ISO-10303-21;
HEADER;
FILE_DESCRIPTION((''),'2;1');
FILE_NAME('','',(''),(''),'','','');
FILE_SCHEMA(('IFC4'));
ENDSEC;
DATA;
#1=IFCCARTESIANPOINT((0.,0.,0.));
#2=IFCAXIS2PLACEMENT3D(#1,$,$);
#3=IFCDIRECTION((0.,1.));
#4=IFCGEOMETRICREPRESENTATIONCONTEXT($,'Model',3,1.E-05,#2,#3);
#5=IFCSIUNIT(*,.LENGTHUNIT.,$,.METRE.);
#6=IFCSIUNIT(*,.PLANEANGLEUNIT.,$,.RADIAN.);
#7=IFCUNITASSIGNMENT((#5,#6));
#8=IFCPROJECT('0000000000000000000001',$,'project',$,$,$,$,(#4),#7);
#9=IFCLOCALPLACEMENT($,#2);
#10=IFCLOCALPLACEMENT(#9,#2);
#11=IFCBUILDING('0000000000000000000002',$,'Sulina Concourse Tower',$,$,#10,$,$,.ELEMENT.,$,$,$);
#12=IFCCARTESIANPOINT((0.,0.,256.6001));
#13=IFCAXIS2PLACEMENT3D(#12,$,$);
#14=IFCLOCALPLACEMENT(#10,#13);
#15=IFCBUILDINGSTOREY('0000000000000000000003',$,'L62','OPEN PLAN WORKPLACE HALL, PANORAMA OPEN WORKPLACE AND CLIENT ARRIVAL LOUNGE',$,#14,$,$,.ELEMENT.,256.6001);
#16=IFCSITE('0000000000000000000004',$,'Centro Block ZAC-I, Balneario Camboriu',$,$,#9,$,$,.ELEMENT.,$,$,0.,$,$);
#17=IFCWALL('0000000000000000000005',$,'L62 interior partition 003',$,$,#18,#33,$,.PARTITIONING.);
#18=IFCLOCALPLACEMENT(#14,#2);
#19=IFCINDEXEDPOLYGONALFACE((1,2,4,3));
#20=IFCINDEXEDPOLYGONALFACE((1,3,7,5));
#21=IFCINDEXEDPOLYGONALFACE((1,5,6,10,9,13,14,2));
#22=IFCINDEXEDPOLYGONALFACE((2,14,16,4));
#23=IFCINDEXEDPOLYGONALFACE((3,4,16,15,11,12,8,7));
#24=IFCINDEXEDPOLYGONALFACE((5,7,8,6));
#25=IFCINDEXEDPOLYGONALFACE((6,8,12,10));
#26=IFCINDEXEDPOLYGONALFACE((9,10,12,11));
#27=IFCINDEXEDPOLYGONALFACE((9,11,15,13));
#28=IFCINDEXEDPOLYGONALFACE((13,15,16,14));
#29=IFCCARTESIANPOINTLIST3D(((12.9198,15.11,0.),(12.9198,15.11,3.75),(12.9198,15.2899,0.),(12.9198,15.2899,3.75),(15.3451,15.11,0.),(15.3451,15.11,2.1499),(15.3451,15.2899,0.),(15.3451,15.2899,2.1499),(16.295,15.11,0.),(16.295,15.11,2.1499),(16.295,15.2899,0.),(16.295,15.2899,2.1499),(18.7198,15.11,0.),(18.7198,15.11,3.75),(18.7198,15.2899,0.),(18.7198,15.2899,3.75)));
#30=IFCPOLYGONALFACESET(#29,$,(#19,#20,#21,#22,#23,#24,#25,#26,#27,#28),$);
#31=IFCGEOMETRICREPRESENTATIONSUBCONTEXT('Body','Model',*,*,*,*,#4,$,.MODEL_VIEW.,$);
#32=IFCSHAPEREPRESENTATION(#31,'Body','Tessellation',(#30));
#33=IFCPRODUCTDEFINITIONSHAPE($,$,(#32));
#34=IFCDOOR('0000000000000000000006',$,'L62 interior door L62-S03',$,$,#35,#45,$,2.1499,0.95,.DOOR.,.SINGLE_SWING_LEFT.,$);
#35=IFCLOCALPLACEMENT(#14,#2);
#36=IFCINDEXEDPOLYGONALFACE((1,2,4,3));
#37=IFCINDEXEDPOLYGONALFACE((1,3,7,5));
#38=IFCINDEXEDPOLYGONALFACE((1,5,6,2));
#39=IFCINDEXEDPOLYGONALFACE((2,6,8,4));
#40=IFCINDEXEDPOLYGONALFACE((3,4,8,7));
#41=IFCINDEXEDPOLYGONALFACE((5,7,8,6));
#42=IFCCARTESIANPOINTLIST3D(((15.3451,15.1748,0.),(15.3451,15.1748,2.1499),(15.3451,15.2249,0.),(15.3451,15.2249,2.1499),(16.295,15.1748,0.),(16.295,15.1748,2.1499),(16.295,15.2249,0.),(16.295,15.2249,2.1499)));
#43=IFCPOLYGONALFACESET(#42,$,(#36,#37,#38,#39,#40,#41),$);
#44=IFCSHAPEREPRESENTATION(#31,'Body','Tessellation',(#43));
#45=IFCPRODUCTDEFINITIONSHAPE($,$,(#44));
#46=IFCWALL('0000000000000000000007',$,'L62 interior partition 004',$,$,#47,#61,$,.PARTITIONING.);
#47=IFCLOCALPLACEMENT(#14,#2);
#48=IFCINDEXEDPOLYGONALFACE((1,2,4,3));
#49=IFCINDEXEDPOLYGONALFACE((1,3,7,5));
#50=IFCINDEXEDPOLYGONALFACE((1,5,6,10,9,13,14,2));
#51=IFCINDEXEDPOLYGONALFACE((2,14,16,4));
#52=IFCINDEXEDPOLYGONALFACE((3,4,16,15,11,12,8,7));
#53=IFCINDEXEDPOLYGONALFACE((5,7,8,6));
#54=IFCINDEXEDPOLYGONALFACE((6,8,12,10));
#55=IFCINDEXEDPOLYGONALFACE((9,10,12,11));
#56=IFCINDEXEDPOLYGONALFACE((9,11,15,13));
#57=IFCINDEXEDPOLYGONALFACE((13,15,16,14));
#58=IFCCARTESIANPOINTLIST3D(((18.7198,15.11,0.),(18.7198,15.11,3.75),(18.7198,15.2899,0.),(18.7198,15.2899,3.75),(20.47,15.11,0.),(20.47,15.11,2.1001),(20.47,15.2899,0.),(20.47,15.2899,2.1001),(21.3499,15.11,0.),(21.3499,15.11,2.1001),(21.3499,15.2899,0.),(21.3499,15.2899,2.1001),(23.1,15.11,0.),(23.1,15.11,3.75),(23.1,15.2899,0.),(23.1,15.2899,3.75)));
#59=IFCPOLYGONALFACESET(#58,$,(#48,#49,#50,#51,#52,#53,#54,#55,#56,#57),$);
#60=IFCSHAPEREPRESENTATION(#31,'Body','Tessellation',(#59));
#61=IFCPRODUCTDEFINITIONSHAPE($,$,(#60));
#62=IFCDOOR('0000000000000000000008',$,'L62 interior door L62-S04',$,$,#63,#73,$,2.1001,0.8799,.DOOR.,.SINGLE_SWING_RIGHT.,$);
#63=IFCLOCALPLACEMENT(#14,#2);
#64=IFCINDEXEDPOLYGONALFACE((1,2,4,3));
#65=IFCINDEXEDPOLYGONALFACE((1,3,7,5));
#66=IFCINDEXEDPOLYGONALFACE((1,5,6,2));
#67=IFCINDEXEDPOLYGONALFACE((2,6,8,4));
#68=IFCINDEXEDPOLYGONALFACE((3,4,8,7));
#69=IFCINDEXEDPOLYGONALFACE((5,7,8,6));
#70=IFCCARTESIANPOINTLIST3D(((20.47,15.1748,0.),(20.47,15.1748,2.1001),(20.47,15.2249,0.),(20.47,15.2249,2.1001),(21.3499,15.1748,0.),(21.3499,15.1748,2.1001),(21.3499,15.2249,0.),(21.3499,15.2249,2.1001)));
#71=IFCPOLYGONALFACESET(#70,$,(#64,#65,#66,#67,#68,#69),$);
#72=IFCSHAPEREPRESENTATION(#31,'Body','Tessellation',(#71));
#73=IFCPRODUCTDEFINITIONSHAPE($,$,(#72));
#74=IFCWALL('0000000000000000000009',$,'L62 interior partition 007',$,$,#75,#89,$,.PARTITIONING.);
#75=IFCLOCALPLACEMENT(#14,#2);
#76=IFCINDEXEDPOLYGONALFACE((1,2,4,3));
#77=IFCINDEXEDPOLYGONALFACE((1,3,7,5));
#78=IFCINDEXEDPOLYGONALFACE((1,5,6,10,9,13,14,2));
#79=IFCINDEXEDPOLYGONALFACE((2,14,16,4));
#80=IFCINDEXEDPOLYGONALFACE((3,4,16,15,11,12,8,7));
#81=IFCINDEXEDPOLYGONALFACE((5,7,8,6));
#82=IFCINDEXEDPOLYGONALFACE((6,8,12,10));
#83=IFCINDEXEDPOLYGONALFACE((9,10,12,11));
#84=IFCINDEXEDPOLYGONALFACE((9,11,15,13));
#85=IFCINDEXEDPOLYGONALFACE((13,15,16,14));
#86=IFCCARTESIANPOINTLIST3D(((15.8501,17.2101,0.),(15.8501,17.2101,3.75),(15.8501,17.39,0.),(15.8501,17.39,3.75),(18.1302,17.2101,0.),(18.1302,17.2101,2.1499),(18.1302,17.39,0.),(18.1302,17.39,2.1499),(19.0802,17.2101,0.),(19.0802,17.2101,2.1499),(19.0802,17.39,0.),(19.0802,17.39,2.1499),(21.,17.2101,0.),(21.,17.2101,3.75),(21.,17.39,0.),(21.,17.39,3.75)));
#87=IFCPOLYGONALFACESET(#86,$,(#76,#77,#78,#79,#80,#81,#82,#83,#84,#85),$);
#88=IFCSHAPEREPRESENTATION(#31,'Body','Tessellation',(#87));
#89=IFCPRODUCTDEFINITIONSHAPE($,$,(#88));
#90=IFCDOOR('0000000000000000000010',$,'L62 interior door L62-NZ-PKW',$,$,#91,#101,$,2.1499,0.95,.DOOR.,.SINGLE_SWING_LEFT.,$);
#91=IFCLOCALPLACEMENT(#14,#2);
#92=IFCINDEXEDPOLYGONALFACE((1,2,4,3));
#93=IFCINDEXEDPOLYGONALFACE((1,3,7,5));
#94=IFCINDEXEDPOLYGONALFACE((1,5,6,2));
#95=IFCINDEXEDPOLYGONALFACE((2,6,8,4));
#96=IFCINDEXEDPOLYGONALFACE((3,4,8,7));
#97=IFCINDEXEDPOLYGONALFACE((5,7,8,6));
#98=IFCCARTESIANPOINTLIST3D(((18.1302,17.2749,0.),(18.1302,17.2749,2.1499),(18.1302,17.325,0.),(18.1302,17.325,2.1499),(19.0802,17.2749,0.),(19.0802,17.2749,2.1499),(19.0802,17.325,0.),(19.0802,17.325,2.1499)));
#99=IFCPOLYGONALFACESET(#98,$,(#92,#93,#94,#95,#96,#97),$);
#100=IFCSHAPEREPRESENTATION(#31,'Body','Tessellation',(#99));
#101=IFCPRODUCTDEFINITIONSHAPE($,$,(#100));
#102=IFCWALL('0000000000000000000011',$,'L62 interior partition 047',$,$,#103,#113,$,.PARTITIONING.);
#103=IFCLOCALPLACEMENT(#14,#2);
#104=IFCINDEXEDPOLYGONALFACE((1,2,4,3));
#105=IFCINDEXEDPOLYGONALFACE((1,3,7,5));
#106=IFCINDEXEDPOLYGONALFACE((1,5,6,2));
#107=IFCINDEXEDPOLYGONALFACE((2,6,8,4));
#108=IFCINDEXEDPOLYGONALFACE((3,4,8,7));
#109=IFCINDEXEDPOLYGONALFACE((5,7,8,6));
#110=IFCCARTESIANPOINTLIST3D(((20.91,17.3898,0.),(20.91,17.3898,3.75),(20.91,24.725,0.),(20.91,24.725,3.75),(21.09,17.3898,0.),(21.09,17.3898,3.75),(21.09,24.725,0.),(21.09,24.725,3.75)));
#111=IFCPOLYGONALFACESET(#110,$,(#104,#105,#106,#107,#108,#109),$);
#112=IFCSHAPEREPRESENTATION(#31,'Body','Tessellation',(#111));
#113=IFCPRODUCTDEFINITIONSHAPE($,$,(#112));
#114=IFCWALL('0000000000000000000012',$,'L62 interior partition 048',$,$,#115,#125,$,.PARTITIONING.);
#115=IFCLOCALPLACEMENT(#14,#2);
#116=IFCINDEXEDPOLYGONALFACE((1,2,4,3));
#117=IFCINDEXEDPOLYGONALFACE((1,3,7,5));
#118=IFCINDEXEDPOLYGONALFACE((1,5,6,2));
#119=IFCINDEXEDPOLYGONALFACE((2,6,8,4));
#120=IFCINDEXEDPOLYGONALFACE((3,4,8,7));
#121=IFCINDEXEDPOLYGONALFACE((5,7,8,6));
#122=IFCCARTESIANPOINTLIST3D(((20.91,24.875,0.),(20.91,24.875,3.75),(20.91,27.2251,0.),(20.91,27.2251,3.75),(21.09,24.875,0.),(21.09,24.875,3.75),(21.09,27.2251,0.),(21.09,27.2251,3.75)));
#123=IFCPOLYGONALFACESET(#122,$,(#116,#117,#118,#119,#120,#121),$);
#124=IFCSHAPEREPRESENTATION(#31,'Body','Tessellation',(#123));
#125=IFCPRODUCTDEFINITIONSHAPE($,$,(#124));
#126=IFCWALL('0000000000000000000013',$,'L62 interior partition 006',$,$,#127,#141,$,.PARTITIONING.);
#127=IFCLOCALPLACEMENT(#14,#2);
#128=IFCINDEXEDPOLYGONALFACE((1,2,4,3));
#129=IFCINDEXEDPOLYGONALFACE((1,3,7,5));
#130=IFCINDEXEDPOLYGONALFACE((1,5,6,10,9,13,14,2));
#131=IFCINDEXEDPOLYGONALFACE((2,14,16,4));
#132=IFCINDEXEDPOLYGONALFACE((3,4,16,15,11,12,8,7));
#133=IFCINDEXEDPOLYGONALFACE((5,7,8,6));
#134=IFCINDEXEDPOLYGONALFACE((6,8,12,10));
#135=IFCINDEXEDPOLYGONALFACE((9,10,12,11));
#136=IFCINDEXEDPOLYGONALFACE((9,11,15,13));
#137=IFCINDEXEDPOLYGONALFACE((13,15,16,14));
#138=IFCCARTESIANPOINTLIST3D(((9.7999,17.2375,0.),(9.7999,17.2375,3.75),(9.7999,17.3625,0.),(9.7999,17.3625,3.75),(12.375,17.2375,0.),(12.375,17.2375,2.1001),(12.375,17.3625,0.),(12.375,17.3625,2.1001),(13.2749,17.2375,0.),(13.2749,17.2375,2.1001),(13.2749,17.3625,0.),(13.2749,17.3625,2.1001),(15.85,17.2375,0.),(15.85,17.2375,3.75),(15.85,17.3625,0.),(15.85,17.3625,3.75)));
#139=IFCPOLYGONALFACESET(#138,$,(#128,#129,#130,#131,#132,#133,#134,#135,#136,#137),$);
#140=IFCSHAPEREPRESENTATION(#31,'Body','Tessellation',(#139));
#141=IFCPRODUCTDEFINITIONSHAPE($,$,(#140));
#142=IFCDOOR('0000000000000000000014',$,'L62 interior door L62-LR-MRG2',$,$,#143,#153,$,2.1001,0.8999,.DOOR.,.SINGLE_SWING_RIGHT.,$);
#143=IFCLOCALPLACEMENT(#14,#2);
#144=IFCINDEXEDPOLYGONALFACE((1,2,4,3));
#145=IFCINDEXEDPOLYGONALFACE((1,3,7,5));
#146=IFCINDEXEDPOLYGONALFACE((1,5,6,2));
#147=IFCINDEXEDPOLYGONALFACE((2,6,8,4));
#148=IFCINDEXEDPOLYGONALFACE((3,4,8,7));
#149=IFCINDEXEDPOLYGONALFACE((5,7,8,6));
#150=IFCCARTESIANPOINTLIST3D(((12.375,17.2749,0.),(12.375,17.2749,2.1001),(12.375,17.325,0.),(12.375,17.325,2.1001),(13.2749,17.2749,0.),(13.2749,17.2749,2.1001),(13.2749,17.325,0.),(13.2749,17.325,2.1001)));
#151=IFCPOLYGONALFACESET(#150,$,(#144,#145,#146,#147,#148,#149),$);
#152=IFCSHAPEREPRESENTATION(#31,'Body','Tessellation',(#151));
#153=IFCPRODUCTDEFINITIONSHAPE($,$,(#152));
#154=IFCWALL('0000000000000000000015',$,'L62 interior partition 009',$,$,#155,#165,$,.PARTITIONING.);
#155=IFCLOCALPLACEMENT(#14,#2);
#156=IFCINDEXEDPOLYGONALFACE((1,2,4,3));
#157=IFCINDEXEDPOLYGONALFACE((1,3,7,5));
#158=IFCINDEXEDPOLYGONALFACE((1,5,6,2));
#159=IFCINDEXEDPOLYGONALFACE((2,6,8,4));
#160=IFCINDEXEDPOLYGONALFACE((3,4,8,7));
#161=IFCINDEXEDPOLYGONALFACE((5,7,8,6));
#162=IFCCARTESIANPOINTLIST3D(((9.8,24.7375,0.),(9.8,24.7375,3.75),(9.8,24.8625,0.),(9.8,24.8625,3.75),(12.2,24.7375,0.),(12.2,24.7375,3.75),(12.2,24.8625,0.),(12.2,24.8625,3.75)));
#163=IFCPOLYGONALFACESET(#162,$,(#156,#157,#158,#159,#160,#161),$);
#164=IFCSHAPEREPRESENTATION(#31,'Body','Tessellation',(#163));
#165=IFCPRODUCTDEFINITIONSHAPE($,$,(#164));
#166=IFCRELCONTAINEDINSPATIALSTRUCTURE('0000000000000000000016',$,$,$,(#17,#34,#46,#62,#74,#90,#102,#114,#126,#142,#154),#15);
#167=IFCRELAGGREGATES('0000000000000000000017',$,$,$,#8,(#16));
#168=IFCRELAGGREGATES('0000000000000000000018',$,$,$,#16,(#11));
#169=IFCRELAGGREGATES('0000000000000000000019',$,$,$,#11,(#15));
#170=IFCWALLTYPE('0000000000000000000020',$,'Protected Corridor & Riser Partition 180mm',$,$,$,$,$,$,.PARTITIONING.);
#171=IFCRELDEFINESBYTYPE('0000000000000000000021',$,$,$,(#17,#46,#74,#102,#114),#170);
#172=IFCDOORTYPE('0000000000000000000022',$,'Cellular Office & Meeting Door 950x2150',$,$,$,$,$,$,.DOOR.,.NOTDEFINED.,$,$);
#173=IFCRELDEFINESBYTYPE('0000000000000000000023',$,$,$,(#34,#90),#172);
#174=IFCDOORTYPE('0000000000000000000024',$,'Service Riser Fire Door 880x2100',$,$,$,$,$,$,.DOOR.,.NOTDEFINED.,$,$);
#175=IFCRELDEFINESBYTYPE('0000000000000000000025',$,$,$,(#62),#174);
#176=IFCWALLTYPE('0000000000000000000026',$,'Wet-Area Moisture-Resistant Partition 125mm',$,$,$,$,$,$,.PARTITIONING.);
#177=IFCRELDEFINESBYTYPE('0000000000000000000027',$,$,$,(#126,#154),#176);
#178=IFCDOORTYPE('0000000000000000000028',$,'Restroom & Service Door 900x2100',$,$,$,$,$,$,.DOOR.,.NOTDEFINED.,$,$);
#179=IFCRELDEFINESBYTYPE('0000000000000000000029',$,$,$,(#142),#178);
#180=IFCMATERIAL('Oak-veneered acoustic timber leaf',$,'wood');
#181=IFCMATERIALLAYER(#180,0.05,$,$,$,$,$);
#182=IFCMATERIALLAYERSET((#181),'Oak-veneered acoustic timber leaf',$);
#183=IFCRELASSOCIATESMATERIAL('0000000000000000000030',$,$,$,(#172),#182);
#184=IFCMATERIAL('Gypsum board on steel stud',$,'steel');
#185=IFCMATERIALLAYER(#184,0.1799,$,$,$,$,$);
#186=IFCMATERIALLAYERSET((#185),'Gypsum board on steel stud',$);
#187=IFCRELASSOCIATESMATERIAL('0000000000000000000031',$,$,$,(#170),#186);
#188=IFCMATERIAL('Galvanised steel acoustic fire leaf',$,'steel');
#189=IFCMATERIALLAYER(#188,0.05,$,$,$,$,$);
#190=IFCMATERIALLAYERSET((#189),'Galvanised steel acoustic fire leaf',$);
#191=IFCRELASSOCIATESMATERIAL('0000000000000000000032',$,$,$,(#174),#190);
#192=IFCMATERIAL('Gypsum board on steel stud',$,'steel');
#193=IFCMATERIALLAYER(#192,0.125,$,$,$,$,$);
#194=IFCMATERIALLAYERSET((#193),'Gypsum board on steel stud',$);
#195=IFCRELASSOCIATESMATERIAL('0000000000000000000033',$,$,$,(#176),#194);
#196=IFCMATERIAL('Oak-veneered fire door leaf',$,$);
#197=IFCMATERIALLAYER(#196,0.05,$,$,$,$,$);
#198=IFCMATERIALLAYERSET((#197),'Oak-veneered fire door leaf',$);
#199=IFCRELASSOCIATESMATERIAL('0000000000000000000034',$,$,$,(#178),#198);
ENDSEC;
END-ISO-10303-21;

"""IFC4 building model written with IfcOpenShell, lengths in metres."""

from ifc_helpers import new_model, si_unit, direction, frame, frame_2d, origin, place, context, subcontext, project, spatial, rectangle, extrude, material, layer, layer_set, type_object, element, fill, save


model = new_model("IFC4")

# Units and contexts
model_context = context("Model", 3, precision=1e-05, world=origin(), true_north=direction((0.0, 1.0)))
body_context = subcontext(model_context, "Body", "Model", "MODEL_VIEW")
ifc_project = project(units=[si_unit("LENGTHUNIT", "METRE"), si_unit("PLANEANGLEUNIT", "RADIAN")], contexts=[model_context])

# Site, building, storey
site_placement = place(None, origin())
site = spatial("IfcSite", under=ifc_project, at=site_placement, Name="Centro Block ZAC-I, Balneario Camboriu", CompositionType="ELEMENT", RefElevation=0.0)
building_placement = place(site_placement, origin())
building = spatial("IfcBuilding", under=site, at=building_placement, Name="Sulina Concourse Tower", CompositionType="ELEMENT")
storey_placement = place(building_placement, frame((0.0, 0.0, 256.6001)))
storey = spatial("IfcBuildingStorey", under=building, at=storey_placement, Name="L62", Description="OPEN PLAN WORKPLACE HALL, PANORAMA OPEN WORKPLACE AND CLIENT ARRIVAL LOUNGE", CompositionType="ELEMENT", Elevation=256.6001)

# Walls, openings, doors
ifc_material_1 = material(Name="Oak-veneered acoustic timber leaf", Category="wood")
ifc_layer_1 = layer(ifc_material_1, 0.05)
ifc_layer_set_1 = layer_set([ifc_layer_1], Name="Oak-veneered acoustic timber leaf")
door_type_1 = type_object("IfcDoorType", Name="Cellular Office & Meeting Door 950x2150", OperationType="NOTDEFINED", PredefinedType="DOOR", material=ifc_layer_set_1)
ifc_material_2 = material(Name="Gypsum board on steel stud", Category="steel")
ifc_layer_2 = layer(ifc_material_2, 0.1799)
ifc_layer_set_2 = layer_set([ifc_layer_2], Name="Gypsum board on steel stud")
wall_type_1 = type_object("IfcWallType", Name="Protected Corridor & Riser Partition 180mm", PredefinedType="PARTITIONING", material=ifc_layer_set_2)
wall_1_placement = place(storey_placement, frame((12.9199, 15.2, 0.0), z_axis=(0.0, 0.0, 1.0), x_axis=(1.0, 0.0, 0.0)))
wall_1 = element("IfcWall", 1, at=wall_1_placement, inside=storey, type_object=wall_type_1, Name="L62 interior partition 003", PredefinedType="PARTITIONING", context=body_context, shape_type="SweptSolid", body=[
    extrude(rectangle(XDim=5.8, YDim=0.1799, at=frame_2d((2.8999, 0.0))), origin(), (0.0, 0.0, 1.0), 3.75),
])
opening_1_placement = place(wall_1_placement, frame((2.425, 0.0, 0.0)))
opening_1 = element("IfcOpeningElement", 2, at=opening_1_placement, cuts=wall_1, PredefinedType="OPENING", context=body_context, shape_type="SweptSolid", body=[
    extrude(rectangle(XDim=0.95, YDim=2.1499, at=frame_2d((0.4751, 1.075))), frame((0.0, 0.0999, 0.0), z_axis=(0.0, -1.0, 0.0), x_axis=(1.0, 0.0, 0.0)), (0.0, 0.0, 1.0), 0.2),
])
door_1_placement = place(opening_1_placement, origin())
door_1 = element("IfcDoor", 3, at=door_1_placement, inside=storey, type_object=door_type_1, Name="L62 interior door L62-S03", OperationType="SINGLE_SWING_LEFT", OverallHeight=2.1499, OverallWidth=0.95, PredefinedType="DOOR", context=body_context, shape_type="SweptSolid", body=[
    extrude(rectangle(XDim=0.95, YDim=2.1499, at=frame_2d((0.4751, 1.075))), frame((0.0, 0.0249, 0.0), z_axis=(0.0, -1.0, 0.0), x_axis=(1.0, 0.0, 0.0)), (0.0, 0.0, 1.0), 0.05),
])
fill(opening_1, door_1)
wall_2_placement = place(storey_placement, frame((18.72, 15.2, 0.0), z_axis=(0.0, 0.0, 1.0), x_axis=(1.0, 0.0, 0.0)))
wall_2 = element("IfcWall", 4, at=wall_2_placement, inside=storey, type_object=wall_type_1, Name="L62 interior partition 004", PredefinedType="PARTITIONING", context=body_context, shape_type="SweptSolid", body=[
    extrude(rectangle(XDim=4.3801, YDim=0.1799, at=frame_2d((2.1899, 0.0))), origin(), (0.0, 0.0, 1.0), 3.75),
])
opening_2_placement = place(wall_2_placement, frame((1.75, 0.0, 0.0)))
opening_2 = element("IfcOpeningElement", 5, at=opening_2_placement, cuts=wall_2, PredefinedType="OPENING", context=body_context, shape_type="SweptSolid", body=[
    extrude(rectangle(XDim=0.8799, YDim=2.1001, at=frame_2d((0.4399, 1.05))), frame((0.0, 0.0999, 0.0), z_axis=(0.0, -1.0, 0.0), x_axis=(1.0, 0.0, 0.0)), (0.0, 0.0, 1.0), 0.2),
])
ifc_material_3 = material(Name="Galvanised steel acoustic fire leaf", Category="steel")
ifc_layer_3 = layer(ifc_material_3, 0.05)
ifc_layer_set_3 = layer_set([ifc_layer_3], Name="Galvanised steel acoustic fire leaf")
door_type_2 = type_object("IfcDoorType", Name="Service Riser Fire Door 880x2100", OperationType="NOTDEFINED", PredefinedType="DOOR", material=ifc_layer_set_3)
door_2_placement = place(opening_2_placement, origin())
door_2 = element("IfcDoor", 6, at=door_2_placement, inside=storey, type_object=door_type_2, Name="L62 interior door L62-S04", OperationType="SINGLE_SWING_RIGHT", OverallHeight=2.1001, OverallWidth=0.8799, PredefinedType="DOOR", context=body_context, shape_type="SweptSolid", body=[
    extrude(rectangle(XDim=0.8799, YDim=2.1001, at=frame_2d((0.4399, 1.05))), frame((0.0, 0.0249, 0.0), z_axis=(0.0, -1.0, 0.0), x_axis=(1.0, 0.0, 0.0)), (0.0, 0.0, 1.0), 0.05),
])
fill(opening_2, door_2)
wall_3_placement = place(storey_placement, frame((15.8501, 17.3, 0.0), z_axis=(0.0, 0.0, 1.0), x_axis=(1.0, 0.0, 0.0)))
wall_3 = element("IfcWall", 7, at=wall_3_placement, inside=storey, type_object=wall_type_1, Name="L62 interior partition 007", PredefinedType="PARTITIONING", context=body_context, shape_type="SweptSolid", body=[
    extrude(rectangle(XDim=5.1499, YDim=0.1799, at=frame_2d((2.575, 0.0))), origin(), (0.0, 0.0, 1.0), 3.75),
])
opening_3_placement = place(wall_3_placement, frame((2.28, 0.0, 0.0)))
opening_3 = element("IfcOpeningElement", 8, at=opening_3_placement, cuts=wall_3, PredefinedType="OPENING", context=body_context, shape_type="SweptSolid", body=[
    extrude(rectangle(XDim=0.95, YDim=2.1499, at=frame_2d((0.4751, 1.075))), frame((0.0, 0.0999, 0.0), z_axis=(0.0, -1.0, 0.0), x_axis=(1.0, 0.0, 0.0)), (0.0, 0.0, 1.0), 0.2),
])
door_3_placement = place(opening_3_placement, origin())
door_3 = element("IfcDoor", 9, at=door_3_placement, inside=storey, type_object=door_type_1, Name="L62 interior door L62-NZ-PKW", OperationType="SINGLE_SWING_LEFT", OverallHeight=2.1499, OverallWidth=0.95, PredefinedType="DOOR", context=body_context, shape_type="SweptSolid", body=[
    extrude(rectangle(XDim=0.95, YDim=2.1499, at=frame_2d((0.4751, 1.075))), frame((0.0, 0.0249, 0.0), z_axis=(0.0, -1.0, 0.0), x_axis=(1.0, 0.0, 0.0)), (0.0, 0.0, 1.0), 0.05),
])
fill(opening_3, door_3)

# Walls
wall_4_placement = place(storey_placement, frame((21.0, 17.3899, 0.0), z_axis=(0.0, 0.0, 1.0), x_axis=(0.0, 1.0, 0.0)))
element("IfcWall", 10, at=wall_4_placement, inside=storey, type_object=wall_type_1, Name="L62 interior partition 047", PredefinedType="PARTITIONING", context=body_context, shape_type="SweptSolid", body=[
    extrude(rectangle(XDim=7.3352, YDim=0.1799, at=frame_2d((3.6675, 0.0))), origin(), (0.0, 0.0, 1.0), 3.75),
])
wall_5_placement = place(storey_placement, frame((21.0, 24.875, 0.0), z_axis=(0.0, 0.0, 1.0), x_axis=(0.0, 1.0, 0.0)))
element("IfcWall", 11, at=wall_5_placement, inside=storey, type_object=wall_type_1, Name="L62 interior partition 048", PredefinedType="PARTITIONING", context=body_context, shape_type="SweptSolid", body=[
    extrude(rectangle(XDim=2.3501, YDim=0.1799, at=frame_2d((1.175, 0.0))), origin(), (0.0, 0.0, 1.0), 3.75),
])

# Wall, opening, door
ifc_material_4 = material(Name="Gypsum board on steel stud", Category="steel")
ifc_layer_4 = layer(ifc_material_4, 0.125)
ifc_layer_set_4 = layer_set([ifc_layer_4], Name="Gypsum board on steel stud")
wall_type_2 = type_object("IfcWallType", Name="Wet-Area Moisture-Resistant Partition 125mm", PredefinedType="PARTITIONING", material=ifc_layer_set_4)
wall_6_placement = place(storey_placement, frame((9.8, 17.3, 0.0), z_axis=(0.0, 0.0, 1.0), x_axis=(1.0, 0.0, 0.0)))
wall_6 = element("IfcWall", 12, at=wall_6_placement, inside=storey, type_object=wall_type_2, Name="L62 interior partition 006", PredefinedType="PARTITIONING", context=body_context, shape_type="SweptSolid", body=[
    extrude(rectangle(XDim=6.05, YDim=0.125, at=frame_2d((3.0249, 0.0))), origin(), (0.0, 0.0, 1.0), 3.75),
])
opening_4_placement = place(wall_6_placement, frame((2.575, 0.0, 0.0)))
opening_4 = element("IfcOpeningElement", 13, at=opening_4_placement, cuts=wall_6, PredefinedType="OPENING", context=body_context, shape_type="SweptSolid", body=[
    extrude(rectangle(XDim=0.8999, YDim=2.1001, at=frame_2d((0.45, 1.05))), frame((0.0, 0.0725, 0.0), z_axis=(0.0, -1.0, 0.0), x_axis=(1.0, 0.0, 0.0)), (0.0, 0.0, 1.0), 0.145),
])
ifc_material_5 = material(Name="Oak-veneered fire door leaf")
ifc_layer_5 = layer(ifc_material_5, 0.05)
ifc_layer_set_5 = layer_set([ifc_layer_5], Name="Oak-veneered fire door leaf")
door_type_3 = type_object("IfcDoorType", Name="Restroom & Service Door 900x2100", OperationType="NOTDEFINED", PredefinedType="DOOR", material=ifc_layer_set_5)
door_4_placement = place(opening_4_placement, origin())
door_4 = element("IfcDoor", 14, at=door_4_placement, inside=storey, type_object=door_type_3, Name="L62 interior door L62-LR-MRG2", OperationType="SINGLE_SWING_RIGHT", OverallHeight=2.1001, OverallWidth=0.8999, PredefinedType="DOOR", context=body_context, shape_type="SweptSolid", body=[
    extrude(rectangle(XDim=0.8999, YDim=2.1001, at=frame_2d((0.45, 1.05))), frame((0.0, 0.0249, 0.0), z_axis=(0.0, -1.0, 0.0), x_axis=(1.0, 0.0, 0.0)), (0.0, 0.0, 1.0), 0.05),
])
fill(opening_4, door_4)

# Wall
wall_7_placement = place(storey_placement, frame((9.8, 24.8, 0.0), z_axis=(0.0, 0.0, 1.0), x_axis=(1.0, 0.0, 0.0)))
element("IfcWall", 15, at=wall_7_placement, inside=storey, type_object=wall_type_2, Name="L62 interior partition 009", PredefinedType="PARTITIONING", context=body_context, shape_type="SweptSolid", body=[
    extrude(rectangle(XDim=2.3999, YDim=0.125, at=frame_2d((1.2, 0.0))), origin(), (0.0, 0.0, 1.0), 3.75),
])

save(model, "model.ifc")
